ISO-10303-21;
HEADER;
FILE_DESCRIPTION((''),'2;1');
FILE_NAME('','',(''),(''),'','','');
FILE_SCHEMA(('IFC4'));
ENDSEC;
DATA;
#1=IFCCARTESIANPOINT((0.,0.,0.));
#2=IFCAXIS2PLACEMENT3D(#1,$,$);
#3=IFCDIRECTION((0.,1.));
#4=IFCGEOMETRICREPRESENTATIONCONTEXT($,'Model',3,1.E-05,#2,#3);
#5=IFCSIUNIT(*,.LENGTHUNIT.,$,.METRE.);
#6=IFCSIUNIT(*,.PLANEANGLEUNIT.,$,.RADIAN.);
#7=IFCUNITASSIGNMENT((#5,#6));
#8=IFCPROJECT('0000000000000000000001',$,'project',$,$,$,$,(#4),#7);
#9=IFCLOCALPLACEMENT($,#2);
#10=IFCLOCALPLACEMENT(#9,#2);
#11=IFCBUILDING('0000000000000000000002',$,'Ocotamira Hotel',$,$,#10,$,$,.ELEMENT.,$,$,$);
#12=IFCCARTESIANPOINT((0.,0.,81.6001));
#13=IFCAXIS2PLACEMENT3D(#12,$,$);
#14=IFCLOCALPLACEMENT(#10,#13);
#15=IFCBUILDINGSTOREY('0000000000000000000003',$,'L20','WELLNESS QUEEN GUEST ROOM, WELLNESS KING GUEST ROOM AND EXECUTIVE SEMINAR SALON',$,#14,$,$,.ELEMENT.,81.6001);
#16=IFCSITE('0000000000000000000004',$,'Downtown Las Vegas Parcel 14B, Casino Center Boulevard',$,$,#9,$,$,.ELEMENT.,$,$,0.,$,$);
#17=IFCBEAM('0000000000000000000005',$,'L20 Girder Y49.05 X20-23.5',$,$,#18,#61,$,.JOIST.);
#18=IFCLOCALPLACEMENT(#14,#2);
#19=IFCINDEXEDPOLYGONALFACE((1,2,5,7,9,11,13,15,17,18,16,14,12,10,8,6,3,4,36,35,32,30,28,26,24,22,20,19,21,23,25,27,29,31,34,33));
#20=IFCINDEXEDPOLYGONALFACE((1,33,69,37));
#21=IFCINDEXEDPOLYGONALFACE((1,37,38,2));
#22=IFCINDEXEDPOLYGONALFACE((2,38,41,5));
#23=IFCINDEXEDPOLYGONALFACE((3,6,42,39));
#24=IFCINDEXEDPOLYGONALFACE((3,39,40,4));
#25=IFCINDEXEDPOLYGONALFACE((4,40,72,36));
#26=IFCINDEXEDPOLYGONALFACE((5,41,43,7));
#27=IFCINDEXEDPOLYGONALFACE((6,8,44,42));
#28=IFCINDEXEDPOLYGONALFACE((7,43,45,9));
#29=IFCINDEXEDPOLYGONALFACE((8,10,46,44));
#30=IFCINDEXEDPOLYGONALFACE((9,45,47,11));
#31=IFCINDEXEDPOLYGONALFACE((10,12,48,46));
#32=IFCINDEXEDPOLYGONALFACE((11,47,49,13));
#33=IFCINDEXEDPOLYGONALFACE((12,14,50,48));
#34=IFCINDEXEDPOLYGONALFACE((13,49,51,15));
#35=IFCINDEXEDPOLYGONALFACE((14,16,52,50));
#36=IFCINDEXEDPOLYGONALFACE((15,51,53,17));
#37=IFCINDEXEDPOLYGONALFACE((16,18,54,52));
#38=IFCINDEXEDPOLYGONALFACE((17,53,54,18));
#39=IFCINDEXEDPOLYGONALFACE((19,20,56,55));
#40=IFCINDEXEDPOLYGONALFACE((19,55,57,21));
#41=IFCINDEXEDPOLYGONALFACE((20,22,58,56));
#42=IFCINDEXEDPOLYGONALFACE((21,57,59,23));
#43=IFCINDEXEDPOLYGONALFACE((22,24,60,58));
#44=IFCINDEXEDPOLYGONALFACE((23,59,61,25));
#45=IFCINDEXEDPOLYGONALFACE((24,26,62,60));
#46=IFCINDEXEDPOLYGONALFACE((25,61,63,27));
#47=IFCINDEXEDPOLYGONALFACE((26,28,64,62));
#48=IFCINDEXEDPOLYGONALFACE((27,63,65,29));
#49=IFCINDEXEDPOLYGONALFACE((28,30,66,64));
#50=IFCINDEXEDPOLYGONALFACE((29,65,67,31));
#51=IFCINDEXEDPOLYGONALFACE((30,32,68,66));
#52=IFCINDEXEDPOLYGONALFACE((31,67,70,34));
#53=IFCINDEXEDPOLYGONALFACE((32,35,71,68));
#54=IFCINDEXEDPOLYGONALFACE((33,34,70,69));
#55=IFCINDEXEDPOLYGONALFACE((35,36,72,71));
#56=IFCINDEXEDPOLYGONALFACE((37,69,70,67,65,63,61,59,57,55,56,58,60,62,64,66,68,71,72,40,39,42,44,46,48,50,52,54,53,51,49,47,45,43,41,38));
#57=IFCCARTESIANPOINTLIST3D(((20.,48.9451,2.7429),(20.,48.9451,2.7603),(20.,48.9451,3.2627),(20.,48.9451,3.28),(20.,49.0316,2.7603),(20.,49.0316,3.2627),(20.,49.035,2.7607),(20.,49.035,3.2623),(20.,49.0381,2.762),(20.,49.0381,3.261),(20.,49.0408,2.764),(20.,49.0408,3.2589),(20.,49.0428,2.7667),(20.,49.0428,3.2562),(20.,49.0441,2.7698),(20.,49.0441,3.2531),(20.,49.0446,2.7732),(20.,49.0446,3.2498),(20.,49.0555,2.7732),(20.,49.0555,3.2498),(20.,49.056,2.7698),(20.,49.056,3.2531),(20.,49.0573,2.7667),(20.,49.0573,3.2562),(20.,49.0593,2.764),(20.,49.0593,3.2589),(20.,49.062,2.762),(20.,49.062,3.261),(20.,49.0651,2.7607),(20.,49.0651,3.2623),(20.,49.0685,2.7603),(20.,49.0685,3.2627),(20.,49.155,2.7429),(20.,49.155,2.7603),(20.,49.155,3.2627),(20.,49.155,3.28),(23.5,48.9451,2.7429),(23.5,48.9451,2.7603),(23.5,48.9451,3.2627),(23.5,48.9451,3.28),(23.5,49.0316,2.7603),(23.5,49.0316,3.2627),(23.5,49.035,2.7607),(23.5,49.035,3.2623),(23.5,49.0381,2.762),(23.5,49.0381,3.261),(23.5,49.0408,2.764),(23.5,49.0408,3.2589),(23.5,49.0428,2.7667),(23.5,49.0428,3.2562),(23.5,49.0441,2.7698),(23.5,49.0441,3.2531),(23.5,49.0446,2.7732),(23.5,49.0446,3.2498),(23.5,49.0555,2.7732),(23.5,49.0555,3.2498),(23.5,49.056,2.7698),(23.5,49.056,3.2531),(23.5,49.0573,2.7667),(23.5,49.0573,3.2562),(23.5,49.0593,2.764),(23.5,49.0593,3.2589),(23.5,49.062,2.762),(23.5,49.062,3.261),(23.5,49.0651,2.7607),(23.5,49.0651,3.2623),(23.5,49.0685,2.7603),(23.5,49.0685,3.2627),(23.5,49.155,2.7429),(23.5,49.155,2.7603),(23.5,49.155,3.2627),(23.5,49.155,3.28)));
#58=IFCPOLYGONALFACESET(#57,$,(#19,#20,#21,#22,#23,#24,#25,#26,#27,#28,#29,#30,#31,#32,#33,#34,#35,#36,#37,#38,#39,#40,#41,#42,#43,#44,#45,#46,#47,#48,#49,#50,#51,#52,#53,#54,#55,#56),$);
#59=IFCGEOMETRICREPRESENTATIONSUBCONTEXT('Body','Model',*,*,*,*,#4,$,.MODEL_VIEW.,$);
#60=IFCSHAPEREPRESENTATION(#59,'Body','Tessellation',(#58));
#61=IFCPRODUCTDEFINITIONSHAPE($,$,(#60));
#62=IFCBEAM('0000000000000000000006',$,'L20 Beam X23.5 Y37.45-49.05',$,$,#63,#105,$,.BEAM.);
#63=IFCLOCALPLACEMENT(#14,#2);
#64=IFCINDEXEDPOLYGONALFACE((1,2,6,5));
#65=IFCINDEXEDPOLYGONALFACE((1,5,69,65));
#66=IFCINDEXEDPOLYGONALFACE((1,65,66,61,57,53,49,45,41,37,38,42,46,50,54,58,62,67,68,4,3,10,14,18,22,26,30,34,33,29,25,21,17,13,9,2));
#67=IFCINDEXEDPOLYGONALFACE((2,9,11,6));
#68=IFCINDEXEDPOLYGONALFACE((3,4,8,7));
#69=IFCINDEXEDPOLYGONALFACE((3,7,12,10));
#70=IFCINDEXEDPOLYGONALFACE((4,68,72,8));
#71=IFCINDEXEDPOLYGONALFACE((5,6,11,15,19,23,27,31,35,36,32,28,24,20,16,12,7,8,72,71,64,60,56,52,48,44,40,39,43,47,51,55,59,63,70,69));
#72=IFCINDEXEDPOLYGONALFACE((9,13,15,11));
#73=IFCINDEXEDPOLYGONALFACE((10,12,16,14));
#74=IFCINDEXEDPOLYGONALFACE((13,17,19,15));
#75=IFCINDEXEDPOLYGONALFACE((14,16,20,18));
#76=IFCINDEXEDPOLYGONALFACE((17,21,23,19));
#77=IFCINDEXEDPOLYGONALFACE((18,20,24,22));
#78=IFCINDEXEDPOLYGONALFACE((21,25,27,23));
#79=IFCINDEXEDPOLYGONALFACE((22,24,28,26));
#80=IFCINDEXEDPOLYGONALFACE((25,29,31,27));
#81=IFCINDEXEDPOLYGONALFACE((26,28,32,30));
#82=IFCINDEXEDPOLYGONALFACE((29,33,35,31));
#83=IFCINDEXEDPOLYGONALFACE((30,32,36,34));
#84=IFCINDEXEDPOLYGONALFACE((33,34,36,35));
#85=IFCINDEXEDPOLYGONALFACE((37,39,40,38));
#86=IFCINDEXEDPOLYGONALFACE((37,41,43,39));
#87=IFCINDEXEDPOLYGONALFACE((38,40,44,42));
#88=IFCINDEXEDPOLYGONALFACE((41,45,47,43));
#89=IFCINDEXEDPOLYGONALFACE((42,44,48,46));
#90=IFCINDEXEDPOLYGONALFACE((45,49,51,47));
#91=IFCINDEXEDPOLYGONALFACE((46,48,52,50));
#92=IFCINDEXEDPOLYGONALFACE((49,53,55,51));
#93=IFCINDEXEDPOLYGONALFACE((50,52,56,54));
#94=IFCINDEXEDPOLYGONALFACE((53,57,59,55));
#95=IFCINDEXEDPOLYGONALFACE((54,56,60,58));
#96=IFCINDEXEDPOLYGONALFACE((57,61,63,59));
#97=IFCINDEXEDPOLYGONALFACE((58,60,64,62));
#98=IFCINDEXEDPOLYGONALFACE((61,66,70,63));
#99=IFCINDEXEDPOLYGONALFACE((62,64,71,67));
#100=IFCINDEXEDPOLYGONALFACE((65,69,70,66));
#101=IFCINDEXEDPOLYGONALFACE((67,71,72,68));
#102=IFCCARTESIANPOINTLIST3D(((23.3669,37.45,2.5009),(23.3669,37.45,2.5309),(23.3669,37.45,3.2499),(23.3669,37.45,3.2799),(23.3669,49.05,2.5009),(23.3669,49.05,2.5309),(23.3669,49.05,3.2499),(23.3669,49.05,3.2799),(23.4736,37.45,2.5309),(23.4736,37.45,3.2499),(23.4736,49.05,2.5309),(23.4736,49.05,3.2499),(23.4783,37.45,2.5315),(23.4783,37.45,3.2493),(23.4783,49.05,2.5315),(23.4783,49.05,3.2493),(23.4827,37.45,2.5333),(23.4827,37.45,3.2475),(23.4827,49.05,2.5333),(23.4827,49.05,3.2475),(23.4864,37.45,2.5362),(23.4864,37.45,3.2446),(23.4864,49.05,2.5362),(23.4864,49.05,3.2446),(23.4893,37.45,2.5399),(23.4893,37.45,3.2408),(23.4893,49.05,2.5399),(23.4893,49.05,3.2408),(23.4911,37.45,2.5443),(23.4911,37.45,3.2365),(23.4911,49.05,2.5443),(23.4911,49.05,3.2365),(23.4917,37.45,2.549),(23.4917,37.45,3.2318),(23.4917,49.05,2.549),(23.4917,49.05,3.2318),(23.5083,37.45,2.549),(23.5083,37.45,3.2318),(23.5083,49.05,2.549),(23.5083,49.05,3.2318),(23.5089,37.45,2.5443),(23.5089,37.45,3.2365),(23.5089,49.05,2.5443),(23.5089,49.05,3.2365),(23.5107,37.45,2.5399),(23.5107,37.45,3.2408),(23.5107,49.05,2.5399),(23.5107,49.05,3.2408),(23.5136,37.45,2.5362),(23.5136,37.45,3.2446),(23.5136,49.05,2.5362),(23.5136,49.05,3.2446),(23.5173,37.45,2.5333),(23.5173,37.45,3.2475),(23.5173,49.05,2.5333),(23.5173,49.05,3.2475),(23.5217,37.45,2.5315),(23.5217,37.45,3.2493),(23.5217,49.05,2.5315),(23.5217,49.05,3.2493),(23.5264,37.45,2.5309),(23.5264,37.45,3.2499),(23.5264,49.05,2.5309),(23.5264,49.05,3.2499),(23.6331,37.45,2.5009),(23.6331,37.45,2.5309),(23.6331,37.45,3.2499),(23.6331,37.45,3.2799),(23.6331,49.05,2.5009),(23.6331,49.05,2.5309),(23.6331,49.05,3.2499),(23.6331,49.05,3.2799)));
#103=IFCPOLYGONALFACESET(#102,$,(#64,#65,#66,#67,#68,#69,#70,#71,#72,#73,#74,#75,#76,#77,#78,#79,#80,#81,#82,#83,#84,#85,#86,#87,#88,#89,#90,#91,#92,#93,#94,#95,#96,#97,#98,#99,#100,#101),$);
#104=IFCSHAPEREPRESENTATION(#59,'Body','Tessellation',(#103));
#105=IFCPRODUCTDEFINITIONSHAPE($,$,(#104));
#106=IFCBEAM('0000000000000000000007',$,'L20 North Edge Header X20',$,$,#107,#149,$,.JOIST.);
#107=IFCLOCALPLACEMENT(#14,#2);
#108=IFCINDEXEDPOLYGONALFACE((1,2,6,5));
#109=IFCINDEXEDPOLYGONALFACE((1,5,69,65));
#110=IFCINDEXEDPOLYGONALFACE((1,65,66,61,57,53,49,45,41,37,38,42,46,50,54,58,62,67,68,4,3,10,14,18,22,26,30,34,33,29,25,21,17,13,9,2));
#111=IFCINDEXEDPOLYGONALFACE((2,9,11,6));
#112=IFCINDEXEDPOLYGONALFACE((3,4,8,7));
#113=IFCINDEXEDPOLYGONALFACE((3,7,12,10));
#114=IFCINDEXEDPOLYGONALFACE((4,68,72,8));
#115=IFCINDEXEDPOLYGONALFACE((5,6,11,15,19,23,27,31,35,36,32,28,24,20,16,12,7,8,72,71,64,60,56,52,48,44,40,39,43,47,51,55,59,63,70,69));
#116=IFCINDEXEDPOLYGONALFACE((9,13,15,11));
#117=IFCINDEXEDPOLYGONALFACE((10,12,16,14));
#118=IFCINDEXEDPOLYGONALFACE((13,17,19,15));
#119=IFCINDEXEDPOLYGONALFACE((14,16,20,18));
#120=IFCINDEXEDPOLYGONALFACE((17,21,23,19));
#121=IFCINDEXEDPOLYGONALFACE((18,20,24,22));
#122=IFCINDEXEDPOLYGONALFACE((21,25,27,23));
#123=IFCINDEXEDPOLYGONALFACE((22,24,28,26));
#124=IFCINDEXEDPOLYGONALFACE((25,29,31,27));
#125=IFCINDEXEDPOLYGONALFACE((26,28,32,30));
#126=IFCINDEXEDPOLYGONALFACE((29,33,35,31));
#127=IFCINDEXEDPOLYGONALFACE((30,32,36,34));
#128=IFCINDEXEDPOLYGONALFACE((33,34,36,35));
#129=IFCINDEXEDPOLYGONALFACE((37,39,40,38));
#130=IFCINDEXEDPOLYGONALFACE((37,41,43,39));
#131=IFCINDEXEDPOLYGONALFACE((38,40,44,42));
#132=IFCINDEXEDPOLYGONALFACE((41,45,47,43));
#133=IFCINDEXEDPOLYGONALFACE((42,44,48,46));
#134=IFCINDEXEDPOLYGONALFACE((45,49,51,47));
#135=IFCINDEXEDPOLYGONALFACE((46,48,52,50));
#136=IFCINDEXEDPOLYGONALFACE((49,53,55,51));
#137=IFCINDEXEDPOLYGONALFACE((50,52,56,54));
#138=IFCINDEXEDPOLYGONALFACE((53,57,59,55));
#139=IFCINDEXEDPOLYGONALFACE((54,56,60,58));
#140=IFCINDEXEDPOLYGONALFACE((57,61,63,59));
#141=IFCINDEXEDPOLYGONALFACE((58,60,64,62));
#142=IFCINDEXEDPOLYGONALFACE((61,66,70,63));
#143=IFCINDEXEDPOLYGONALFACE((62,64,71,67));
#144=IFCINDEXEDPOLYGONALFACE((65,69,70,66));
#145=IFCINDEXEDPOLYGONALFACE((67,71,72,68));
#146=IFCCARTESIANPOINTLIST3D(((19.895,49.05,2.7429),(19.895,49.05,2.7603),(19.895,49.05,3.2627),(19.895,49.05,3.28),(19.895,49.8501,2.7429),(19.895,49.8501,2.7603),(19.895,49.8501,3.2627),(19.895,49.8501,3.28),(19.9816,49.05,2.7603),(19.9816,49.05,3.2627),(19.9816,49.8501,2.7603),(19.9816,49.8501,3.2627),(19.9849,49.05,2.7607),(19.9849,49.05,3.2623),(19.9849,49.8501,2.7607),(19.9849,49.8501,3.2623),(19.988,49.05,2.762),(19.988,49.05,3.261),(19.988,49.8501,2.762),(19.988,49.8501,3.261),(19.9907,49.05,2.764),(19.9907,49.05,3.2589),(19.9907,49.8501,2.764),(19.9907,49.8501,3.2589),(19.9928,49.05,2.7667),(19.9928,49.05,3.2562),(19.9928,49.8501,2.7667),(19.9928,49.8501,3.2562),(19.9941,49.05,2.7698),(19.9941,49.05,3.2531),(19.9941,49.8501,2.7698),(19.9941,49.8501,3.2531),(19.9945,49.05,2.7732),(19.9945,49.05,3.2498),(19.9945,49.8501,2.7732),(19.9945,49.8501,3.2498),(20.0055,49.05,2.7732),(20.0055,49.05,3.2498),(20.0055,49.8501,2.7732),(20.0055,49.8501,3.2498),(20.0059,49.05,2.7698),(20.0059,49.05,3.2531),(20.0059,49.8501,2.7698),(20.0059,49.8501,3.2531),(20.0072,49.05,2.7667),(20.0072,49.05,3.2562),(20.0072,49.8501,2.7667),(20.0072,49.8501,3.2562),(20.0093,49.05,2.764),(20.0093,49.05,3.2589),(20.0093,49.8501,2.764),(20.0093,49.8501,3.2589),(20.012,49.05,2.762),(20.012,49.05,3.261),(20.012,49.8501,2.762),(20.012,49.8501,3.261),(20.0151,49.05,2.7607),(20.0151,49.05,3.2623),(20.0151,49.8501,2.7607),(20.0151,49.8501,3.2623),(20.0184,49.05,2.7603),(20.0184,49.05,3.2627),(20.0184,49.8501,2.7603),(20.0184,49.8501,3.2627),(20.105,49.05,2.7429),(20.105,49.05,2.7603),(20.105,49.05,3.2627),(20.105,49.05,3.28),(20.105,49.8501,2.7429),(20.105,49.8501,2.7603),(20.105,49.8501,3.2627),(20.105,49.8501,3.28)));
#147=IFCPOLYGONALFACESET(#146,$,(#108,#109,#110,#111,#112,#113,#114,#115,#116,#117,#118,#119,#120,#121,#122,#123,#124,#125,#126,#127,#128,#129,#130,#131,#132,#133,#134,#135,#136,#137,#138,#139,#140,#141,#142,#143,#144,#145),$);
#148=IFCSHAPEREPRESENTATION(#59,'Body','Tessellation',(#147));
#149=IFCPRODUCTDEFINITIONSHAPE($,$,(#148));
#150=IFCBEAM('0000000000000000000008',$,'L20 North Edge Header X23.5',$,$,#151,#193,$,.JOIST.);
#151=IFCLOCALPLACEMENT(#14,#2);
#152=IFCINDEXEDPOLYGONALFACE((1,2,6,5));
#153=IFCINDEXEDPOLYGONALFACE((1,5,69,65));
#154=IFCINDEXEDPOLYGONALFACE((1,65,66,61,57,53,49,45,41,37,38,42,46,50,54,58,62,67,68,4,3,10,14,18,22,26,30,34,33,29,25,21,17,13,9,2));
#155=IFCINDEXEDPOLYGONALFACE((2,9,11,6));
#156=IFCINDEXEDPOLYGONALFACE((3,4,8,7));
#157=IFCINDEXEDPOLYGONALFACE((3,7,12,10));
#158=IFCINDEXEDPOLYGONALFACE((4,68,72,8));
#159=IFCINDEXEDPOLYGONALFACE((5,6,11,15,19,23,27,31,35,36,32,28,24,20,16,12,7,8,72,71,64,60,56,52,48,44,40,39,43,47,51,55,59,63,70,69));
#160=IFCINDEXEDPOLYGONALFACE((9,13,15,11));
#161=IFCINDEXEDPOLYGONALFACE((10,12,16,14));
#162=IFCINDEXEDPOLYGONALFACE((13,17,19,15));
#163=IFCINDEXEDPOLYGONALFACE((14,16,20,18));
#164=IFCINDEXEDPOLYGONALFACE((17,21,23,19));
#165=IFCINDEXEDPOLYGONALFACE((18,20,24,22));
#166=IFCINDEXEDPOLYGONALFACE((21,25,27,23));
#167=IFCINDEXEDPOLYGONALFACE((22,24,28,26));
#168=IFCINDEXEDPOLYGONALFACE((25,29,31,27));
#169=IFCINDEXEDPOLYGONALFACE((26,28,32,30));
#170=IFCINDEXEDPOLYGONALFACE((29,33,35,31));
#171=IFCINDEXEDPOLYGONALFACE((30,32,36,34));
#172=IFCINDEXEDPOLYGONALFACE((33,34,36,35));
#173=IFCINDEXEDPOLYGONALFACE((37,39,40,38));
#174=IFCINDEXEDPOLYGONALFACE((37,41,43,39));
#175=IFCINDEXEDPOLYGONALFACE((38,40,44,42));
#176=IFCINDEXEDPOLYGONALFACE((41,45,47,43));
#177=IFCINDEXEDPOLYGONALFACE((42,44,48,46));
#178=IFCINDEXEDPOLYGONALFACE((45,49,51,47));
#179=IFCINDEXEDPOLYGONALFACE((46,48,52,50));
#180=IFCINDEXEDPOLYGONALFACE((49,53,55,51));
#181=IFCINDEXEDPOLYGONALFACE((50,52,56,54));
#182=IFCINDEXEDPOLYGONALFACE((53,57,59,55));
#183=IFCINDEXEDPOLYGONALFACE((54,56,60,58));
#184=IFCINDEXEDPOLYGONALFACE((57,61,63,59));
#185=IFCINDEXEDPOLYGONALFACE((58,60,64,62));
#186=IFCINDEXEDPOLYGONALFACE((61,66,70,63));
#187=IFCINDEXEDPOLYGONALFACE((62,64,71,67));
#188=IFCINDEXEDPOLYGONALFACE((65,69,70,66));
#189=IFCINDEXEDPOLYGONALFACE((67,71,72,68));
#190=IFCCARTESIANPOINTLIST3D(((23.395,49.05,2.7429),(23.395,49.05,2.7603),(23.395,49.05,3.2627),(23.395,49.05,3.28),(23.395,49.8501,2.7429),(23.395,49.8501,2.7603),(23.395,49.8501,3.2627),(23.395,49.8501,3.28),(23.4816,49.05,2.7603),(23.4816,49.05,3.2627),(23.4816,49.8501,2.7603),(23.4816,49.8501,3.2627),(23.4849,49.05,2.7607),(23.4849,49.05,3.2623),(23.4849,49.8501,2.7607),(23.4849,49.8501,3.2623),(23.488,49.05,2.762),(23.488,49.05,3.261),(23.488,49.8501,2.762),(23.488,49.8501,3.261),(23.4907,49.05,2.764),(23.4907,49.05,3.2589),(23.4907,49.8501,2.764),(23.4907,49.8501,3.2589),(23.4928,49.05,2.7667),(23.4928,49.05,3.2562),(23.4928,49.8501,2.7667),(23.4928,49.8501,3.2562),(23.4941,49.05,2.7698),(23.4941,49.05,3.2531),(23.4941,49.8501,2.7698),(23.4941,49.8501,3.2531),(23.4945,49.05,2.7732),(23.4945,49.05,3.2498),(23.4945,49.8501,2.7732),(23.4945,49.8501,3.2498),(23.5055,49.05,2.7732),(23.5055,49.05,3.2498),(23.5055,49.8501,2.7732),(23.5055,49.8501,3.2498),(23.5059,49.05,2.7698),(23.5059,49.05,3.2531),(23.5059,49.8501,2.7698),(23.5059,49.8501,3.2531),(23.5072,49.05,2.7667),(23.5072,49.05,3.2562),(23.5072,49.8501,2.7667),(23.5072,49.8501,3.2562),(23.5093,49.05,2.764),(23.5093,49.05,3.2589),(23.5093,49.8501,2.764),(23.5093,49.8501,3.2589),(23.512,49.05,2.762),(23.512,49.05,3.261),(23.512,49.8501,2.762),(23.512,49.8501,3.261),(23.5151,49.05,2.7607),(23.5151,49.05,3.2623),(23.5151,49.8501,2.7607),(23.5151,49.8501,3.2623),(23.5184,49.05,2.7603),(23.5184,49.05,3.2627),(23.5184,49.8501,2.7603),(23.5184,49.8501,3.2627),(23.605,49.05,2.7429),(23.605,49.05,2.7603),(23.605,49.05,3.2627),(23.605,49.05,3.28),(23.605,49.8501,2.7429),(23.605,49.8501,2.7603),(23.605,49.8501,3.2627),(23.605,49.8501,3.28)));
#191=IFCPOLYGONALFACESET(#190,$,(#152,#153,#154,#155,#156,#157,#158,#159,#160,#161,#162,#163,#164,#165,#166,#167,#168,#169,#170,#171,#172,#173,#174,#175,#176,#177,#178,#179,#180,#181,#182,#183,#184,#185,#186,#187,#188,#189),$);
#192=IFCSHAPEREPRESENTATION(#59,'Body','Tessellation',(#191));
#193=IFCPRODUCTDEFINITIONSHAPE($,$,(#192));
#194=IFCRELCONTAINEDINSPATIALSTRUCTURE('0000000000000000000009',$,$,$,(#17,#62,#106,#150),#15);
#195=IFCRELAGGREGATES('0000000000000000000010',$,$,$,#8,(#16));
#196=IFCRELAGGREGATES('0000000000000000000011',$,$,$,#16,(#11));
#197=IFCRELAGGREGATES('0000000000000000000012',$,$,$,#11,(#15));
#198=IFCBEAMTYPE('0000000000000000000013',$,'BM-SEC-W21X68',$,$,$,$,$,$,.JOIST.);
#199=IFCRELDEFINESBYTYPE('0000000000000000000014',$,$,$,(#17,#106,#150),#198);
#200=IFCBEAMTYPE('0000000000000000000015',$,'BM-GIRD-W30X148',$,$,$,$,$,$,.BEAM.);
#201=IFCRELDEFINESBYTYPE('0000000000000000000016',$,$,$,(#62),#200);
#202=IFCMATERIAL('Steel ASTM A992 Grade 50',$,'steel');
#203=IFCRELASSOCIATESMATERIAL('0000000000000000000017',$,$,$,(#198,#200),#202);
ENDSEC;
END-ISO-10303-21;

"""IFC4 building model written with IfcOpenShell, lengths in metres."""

from ifc_helpers import new_model, si_unit, direction, frame, origin, origin_2d, place, context, subcontext, project, spatial, i_section, extrude, source, transform, mapped, material, material_profile, profile_set, type_object, element, save


model = new_model("IFC4")

# Units and contexts
model_context = context("Model", 3, precision=1e-05, world=origin(), true_north=direction((0.0, 1.0)))
body_context = subcontext(model_context, "Body", "Model", "MODEL_VIEW")
ifc_project = project(units=[si_unit("LENGTHUNIT", "METRE"), si_unit("PLANEANGLEUNIT", "RADIAN")], contexts=[model_context])

# Site, building, storey
site_placement = place(None, origin())
site = spatial("IfcSite", under=ifc_project, at=site_placement, Name="Downtown Las Vegas Parcel 14B, Casino Center Boulevard", CompositionType="ELEMENT", RefElevation=0.0)
building_placement = place(site_placement, origin())
building = spatial("IfcBuilding", under=site, at=building_placement, Name="Ocotamira Hotel", CompositionType="ELEMENT")
storey_placement = place(building_placement, frame((0.0, 0.0, 81.6001)))
storey = spatial("IfcBuildingStorey", under=building, at=storey_placement, Name="L20", Description="WELLNESS QUEEN GUEST ROOM, WELLNESS KING GUEST ROOM AND EXECUTIVE SEMINAR SALON", CompositionType="ELEMENT", Elevation=81.6001)

# Beams
ifc_material_1 = material(Name="Steel ASTM A992 Grade 50", Category="steel")
ifc_material_profile_1 = material_profile(ifc_material_1, i_section(OverallWidth=0.21, OverallDepth=0.5371, WebThickness=0.011, FlangeThickness=0.0173, FilletRadius=0.0129, at=origin_2d()), Name="W21X68")
ifc_profile_set_1 = profile_set([ifc_material_profile_1], Name="Steel ASTM A992 Grade 50")
beam_type_1 = type_object("IfcBeamType", Name="BM-SEC-W21X68", PredefinedType="JOIST", material=ifc_profile_set_1)
shared_shape_1 = source(origin(), body_context, "Body", "SweptSolid", [
    extrude(i_section(OverallWidth=0.21, OverallDepth=0.5371, WebThickness=0.011, FlangeThickness=0.0173, FilletRadius=0.0129, at=origin_2d()), origin(), (0.0, 0.0, 1.0), 3.5),
])
beam_1_placement = place(storey_placement, frame((20.0, 49.05, 3.0115), z_axis=(1.0, 0.0, 0.0), x_axis=(0.0, 1.0, 0.0)))
element("IfcBeam", 1, at=beam_1_placement, inside=storey, type_object=beam_type_1, Name="L20 Girder Y49.05 X20-23.5", PredefinedType="JOIST", context=body_context, shape_type="MappedRepresentation", body=[
    mapped(shared_shape_1, transform((0.0, 0.0, 0.0), scale=1.0)),
])
ifc_material_profile_2 = material_profile(ifc_material_1, i_section(OverallWidth=0.2661, OverallDepth=0.7791, WebThickness=0.0166, FlangeThickness=0.03, FilletRadius=0.0181, at=origin_2d()), Name="W30X148")
ifc_profile_set_2 = profile_set([ifc_material_profile_2], Name="Steel ASTM A992 Grade 50")
beam_type_2 = type_object("IfcBeamType", Name="BM-GIRD-W30X148", PredefinedType="BEAM", material=ifc_profile_set_2)
shared_shape_2 = source(origin(), body_context, "Body", "SweptSolid", [
    extrude(i_section(OverallWidth=0.2661, OverallDepth=0.7791, WebThickness=0.0166, FlangeThickness=0.03, FilletRadius=0.0181, at=origin_2d()), origin(), (0.0, 0.0, 1.0), 11.6001),
])
beam_2_placement = place(storey_placement, frame((23.5, 37.45, 2.8904), z_axis=(0.0, 1.0, 0.0), x_axis=(-1.0, 0.0, 0.0)))
element("IfcBeam", 2, at=beam_2_placement, inside=storey, type_object=beam_type_2, Name="L20 Beam X23.5 Y37.45-49.05", PredefinedType="BEAM", context=body_context, shape_type="MappedRepresentation", body=[
    mapped(shared_shape_2, transform((0.0, 0.0, 0.0), scale=1.0)),
])
shared_shape_3 = source(origin(), body_context, "Body", "SweptSolid", [
    extrude(i_section(OverallWidth=0.21, OverallDepth=0.5371, WebThickness=0.011, FlangeThickness=0.0173, FilletRadius=0.0129, at=origin_2d()), origin(), (0.0, 0.0, 1.0), 0.8),
])
for number, where, z_axis, x_axis, name in (
    (3, (20.0, 49.05, 3.0115), (0.0, 1.0, 0.0), (-1.0, 0.0, 0.0), "L20 North Edge Header X20"),
    (4, (23.5, 49.05, 3.0115), (0.0, 1.0, 0.0), (-1.0, 0.0, 0.0), "L20 North Edge Header X23.5"),
):
    element("IfcBeam", number, at=place(storey_placement, frame(where, z_axis=z_axis, x_axis=x_axis)), inside=storey, type_object=beam_type_1, Name=name, PredefinedType="JOIST", context=body_context, shape_type="MappedRepresentation", body=[
        mapped(shared_shape_3, transform((0.0, 0.0, 0.0), scale=1.0)),
    ])

save(model, "model.ifc")
